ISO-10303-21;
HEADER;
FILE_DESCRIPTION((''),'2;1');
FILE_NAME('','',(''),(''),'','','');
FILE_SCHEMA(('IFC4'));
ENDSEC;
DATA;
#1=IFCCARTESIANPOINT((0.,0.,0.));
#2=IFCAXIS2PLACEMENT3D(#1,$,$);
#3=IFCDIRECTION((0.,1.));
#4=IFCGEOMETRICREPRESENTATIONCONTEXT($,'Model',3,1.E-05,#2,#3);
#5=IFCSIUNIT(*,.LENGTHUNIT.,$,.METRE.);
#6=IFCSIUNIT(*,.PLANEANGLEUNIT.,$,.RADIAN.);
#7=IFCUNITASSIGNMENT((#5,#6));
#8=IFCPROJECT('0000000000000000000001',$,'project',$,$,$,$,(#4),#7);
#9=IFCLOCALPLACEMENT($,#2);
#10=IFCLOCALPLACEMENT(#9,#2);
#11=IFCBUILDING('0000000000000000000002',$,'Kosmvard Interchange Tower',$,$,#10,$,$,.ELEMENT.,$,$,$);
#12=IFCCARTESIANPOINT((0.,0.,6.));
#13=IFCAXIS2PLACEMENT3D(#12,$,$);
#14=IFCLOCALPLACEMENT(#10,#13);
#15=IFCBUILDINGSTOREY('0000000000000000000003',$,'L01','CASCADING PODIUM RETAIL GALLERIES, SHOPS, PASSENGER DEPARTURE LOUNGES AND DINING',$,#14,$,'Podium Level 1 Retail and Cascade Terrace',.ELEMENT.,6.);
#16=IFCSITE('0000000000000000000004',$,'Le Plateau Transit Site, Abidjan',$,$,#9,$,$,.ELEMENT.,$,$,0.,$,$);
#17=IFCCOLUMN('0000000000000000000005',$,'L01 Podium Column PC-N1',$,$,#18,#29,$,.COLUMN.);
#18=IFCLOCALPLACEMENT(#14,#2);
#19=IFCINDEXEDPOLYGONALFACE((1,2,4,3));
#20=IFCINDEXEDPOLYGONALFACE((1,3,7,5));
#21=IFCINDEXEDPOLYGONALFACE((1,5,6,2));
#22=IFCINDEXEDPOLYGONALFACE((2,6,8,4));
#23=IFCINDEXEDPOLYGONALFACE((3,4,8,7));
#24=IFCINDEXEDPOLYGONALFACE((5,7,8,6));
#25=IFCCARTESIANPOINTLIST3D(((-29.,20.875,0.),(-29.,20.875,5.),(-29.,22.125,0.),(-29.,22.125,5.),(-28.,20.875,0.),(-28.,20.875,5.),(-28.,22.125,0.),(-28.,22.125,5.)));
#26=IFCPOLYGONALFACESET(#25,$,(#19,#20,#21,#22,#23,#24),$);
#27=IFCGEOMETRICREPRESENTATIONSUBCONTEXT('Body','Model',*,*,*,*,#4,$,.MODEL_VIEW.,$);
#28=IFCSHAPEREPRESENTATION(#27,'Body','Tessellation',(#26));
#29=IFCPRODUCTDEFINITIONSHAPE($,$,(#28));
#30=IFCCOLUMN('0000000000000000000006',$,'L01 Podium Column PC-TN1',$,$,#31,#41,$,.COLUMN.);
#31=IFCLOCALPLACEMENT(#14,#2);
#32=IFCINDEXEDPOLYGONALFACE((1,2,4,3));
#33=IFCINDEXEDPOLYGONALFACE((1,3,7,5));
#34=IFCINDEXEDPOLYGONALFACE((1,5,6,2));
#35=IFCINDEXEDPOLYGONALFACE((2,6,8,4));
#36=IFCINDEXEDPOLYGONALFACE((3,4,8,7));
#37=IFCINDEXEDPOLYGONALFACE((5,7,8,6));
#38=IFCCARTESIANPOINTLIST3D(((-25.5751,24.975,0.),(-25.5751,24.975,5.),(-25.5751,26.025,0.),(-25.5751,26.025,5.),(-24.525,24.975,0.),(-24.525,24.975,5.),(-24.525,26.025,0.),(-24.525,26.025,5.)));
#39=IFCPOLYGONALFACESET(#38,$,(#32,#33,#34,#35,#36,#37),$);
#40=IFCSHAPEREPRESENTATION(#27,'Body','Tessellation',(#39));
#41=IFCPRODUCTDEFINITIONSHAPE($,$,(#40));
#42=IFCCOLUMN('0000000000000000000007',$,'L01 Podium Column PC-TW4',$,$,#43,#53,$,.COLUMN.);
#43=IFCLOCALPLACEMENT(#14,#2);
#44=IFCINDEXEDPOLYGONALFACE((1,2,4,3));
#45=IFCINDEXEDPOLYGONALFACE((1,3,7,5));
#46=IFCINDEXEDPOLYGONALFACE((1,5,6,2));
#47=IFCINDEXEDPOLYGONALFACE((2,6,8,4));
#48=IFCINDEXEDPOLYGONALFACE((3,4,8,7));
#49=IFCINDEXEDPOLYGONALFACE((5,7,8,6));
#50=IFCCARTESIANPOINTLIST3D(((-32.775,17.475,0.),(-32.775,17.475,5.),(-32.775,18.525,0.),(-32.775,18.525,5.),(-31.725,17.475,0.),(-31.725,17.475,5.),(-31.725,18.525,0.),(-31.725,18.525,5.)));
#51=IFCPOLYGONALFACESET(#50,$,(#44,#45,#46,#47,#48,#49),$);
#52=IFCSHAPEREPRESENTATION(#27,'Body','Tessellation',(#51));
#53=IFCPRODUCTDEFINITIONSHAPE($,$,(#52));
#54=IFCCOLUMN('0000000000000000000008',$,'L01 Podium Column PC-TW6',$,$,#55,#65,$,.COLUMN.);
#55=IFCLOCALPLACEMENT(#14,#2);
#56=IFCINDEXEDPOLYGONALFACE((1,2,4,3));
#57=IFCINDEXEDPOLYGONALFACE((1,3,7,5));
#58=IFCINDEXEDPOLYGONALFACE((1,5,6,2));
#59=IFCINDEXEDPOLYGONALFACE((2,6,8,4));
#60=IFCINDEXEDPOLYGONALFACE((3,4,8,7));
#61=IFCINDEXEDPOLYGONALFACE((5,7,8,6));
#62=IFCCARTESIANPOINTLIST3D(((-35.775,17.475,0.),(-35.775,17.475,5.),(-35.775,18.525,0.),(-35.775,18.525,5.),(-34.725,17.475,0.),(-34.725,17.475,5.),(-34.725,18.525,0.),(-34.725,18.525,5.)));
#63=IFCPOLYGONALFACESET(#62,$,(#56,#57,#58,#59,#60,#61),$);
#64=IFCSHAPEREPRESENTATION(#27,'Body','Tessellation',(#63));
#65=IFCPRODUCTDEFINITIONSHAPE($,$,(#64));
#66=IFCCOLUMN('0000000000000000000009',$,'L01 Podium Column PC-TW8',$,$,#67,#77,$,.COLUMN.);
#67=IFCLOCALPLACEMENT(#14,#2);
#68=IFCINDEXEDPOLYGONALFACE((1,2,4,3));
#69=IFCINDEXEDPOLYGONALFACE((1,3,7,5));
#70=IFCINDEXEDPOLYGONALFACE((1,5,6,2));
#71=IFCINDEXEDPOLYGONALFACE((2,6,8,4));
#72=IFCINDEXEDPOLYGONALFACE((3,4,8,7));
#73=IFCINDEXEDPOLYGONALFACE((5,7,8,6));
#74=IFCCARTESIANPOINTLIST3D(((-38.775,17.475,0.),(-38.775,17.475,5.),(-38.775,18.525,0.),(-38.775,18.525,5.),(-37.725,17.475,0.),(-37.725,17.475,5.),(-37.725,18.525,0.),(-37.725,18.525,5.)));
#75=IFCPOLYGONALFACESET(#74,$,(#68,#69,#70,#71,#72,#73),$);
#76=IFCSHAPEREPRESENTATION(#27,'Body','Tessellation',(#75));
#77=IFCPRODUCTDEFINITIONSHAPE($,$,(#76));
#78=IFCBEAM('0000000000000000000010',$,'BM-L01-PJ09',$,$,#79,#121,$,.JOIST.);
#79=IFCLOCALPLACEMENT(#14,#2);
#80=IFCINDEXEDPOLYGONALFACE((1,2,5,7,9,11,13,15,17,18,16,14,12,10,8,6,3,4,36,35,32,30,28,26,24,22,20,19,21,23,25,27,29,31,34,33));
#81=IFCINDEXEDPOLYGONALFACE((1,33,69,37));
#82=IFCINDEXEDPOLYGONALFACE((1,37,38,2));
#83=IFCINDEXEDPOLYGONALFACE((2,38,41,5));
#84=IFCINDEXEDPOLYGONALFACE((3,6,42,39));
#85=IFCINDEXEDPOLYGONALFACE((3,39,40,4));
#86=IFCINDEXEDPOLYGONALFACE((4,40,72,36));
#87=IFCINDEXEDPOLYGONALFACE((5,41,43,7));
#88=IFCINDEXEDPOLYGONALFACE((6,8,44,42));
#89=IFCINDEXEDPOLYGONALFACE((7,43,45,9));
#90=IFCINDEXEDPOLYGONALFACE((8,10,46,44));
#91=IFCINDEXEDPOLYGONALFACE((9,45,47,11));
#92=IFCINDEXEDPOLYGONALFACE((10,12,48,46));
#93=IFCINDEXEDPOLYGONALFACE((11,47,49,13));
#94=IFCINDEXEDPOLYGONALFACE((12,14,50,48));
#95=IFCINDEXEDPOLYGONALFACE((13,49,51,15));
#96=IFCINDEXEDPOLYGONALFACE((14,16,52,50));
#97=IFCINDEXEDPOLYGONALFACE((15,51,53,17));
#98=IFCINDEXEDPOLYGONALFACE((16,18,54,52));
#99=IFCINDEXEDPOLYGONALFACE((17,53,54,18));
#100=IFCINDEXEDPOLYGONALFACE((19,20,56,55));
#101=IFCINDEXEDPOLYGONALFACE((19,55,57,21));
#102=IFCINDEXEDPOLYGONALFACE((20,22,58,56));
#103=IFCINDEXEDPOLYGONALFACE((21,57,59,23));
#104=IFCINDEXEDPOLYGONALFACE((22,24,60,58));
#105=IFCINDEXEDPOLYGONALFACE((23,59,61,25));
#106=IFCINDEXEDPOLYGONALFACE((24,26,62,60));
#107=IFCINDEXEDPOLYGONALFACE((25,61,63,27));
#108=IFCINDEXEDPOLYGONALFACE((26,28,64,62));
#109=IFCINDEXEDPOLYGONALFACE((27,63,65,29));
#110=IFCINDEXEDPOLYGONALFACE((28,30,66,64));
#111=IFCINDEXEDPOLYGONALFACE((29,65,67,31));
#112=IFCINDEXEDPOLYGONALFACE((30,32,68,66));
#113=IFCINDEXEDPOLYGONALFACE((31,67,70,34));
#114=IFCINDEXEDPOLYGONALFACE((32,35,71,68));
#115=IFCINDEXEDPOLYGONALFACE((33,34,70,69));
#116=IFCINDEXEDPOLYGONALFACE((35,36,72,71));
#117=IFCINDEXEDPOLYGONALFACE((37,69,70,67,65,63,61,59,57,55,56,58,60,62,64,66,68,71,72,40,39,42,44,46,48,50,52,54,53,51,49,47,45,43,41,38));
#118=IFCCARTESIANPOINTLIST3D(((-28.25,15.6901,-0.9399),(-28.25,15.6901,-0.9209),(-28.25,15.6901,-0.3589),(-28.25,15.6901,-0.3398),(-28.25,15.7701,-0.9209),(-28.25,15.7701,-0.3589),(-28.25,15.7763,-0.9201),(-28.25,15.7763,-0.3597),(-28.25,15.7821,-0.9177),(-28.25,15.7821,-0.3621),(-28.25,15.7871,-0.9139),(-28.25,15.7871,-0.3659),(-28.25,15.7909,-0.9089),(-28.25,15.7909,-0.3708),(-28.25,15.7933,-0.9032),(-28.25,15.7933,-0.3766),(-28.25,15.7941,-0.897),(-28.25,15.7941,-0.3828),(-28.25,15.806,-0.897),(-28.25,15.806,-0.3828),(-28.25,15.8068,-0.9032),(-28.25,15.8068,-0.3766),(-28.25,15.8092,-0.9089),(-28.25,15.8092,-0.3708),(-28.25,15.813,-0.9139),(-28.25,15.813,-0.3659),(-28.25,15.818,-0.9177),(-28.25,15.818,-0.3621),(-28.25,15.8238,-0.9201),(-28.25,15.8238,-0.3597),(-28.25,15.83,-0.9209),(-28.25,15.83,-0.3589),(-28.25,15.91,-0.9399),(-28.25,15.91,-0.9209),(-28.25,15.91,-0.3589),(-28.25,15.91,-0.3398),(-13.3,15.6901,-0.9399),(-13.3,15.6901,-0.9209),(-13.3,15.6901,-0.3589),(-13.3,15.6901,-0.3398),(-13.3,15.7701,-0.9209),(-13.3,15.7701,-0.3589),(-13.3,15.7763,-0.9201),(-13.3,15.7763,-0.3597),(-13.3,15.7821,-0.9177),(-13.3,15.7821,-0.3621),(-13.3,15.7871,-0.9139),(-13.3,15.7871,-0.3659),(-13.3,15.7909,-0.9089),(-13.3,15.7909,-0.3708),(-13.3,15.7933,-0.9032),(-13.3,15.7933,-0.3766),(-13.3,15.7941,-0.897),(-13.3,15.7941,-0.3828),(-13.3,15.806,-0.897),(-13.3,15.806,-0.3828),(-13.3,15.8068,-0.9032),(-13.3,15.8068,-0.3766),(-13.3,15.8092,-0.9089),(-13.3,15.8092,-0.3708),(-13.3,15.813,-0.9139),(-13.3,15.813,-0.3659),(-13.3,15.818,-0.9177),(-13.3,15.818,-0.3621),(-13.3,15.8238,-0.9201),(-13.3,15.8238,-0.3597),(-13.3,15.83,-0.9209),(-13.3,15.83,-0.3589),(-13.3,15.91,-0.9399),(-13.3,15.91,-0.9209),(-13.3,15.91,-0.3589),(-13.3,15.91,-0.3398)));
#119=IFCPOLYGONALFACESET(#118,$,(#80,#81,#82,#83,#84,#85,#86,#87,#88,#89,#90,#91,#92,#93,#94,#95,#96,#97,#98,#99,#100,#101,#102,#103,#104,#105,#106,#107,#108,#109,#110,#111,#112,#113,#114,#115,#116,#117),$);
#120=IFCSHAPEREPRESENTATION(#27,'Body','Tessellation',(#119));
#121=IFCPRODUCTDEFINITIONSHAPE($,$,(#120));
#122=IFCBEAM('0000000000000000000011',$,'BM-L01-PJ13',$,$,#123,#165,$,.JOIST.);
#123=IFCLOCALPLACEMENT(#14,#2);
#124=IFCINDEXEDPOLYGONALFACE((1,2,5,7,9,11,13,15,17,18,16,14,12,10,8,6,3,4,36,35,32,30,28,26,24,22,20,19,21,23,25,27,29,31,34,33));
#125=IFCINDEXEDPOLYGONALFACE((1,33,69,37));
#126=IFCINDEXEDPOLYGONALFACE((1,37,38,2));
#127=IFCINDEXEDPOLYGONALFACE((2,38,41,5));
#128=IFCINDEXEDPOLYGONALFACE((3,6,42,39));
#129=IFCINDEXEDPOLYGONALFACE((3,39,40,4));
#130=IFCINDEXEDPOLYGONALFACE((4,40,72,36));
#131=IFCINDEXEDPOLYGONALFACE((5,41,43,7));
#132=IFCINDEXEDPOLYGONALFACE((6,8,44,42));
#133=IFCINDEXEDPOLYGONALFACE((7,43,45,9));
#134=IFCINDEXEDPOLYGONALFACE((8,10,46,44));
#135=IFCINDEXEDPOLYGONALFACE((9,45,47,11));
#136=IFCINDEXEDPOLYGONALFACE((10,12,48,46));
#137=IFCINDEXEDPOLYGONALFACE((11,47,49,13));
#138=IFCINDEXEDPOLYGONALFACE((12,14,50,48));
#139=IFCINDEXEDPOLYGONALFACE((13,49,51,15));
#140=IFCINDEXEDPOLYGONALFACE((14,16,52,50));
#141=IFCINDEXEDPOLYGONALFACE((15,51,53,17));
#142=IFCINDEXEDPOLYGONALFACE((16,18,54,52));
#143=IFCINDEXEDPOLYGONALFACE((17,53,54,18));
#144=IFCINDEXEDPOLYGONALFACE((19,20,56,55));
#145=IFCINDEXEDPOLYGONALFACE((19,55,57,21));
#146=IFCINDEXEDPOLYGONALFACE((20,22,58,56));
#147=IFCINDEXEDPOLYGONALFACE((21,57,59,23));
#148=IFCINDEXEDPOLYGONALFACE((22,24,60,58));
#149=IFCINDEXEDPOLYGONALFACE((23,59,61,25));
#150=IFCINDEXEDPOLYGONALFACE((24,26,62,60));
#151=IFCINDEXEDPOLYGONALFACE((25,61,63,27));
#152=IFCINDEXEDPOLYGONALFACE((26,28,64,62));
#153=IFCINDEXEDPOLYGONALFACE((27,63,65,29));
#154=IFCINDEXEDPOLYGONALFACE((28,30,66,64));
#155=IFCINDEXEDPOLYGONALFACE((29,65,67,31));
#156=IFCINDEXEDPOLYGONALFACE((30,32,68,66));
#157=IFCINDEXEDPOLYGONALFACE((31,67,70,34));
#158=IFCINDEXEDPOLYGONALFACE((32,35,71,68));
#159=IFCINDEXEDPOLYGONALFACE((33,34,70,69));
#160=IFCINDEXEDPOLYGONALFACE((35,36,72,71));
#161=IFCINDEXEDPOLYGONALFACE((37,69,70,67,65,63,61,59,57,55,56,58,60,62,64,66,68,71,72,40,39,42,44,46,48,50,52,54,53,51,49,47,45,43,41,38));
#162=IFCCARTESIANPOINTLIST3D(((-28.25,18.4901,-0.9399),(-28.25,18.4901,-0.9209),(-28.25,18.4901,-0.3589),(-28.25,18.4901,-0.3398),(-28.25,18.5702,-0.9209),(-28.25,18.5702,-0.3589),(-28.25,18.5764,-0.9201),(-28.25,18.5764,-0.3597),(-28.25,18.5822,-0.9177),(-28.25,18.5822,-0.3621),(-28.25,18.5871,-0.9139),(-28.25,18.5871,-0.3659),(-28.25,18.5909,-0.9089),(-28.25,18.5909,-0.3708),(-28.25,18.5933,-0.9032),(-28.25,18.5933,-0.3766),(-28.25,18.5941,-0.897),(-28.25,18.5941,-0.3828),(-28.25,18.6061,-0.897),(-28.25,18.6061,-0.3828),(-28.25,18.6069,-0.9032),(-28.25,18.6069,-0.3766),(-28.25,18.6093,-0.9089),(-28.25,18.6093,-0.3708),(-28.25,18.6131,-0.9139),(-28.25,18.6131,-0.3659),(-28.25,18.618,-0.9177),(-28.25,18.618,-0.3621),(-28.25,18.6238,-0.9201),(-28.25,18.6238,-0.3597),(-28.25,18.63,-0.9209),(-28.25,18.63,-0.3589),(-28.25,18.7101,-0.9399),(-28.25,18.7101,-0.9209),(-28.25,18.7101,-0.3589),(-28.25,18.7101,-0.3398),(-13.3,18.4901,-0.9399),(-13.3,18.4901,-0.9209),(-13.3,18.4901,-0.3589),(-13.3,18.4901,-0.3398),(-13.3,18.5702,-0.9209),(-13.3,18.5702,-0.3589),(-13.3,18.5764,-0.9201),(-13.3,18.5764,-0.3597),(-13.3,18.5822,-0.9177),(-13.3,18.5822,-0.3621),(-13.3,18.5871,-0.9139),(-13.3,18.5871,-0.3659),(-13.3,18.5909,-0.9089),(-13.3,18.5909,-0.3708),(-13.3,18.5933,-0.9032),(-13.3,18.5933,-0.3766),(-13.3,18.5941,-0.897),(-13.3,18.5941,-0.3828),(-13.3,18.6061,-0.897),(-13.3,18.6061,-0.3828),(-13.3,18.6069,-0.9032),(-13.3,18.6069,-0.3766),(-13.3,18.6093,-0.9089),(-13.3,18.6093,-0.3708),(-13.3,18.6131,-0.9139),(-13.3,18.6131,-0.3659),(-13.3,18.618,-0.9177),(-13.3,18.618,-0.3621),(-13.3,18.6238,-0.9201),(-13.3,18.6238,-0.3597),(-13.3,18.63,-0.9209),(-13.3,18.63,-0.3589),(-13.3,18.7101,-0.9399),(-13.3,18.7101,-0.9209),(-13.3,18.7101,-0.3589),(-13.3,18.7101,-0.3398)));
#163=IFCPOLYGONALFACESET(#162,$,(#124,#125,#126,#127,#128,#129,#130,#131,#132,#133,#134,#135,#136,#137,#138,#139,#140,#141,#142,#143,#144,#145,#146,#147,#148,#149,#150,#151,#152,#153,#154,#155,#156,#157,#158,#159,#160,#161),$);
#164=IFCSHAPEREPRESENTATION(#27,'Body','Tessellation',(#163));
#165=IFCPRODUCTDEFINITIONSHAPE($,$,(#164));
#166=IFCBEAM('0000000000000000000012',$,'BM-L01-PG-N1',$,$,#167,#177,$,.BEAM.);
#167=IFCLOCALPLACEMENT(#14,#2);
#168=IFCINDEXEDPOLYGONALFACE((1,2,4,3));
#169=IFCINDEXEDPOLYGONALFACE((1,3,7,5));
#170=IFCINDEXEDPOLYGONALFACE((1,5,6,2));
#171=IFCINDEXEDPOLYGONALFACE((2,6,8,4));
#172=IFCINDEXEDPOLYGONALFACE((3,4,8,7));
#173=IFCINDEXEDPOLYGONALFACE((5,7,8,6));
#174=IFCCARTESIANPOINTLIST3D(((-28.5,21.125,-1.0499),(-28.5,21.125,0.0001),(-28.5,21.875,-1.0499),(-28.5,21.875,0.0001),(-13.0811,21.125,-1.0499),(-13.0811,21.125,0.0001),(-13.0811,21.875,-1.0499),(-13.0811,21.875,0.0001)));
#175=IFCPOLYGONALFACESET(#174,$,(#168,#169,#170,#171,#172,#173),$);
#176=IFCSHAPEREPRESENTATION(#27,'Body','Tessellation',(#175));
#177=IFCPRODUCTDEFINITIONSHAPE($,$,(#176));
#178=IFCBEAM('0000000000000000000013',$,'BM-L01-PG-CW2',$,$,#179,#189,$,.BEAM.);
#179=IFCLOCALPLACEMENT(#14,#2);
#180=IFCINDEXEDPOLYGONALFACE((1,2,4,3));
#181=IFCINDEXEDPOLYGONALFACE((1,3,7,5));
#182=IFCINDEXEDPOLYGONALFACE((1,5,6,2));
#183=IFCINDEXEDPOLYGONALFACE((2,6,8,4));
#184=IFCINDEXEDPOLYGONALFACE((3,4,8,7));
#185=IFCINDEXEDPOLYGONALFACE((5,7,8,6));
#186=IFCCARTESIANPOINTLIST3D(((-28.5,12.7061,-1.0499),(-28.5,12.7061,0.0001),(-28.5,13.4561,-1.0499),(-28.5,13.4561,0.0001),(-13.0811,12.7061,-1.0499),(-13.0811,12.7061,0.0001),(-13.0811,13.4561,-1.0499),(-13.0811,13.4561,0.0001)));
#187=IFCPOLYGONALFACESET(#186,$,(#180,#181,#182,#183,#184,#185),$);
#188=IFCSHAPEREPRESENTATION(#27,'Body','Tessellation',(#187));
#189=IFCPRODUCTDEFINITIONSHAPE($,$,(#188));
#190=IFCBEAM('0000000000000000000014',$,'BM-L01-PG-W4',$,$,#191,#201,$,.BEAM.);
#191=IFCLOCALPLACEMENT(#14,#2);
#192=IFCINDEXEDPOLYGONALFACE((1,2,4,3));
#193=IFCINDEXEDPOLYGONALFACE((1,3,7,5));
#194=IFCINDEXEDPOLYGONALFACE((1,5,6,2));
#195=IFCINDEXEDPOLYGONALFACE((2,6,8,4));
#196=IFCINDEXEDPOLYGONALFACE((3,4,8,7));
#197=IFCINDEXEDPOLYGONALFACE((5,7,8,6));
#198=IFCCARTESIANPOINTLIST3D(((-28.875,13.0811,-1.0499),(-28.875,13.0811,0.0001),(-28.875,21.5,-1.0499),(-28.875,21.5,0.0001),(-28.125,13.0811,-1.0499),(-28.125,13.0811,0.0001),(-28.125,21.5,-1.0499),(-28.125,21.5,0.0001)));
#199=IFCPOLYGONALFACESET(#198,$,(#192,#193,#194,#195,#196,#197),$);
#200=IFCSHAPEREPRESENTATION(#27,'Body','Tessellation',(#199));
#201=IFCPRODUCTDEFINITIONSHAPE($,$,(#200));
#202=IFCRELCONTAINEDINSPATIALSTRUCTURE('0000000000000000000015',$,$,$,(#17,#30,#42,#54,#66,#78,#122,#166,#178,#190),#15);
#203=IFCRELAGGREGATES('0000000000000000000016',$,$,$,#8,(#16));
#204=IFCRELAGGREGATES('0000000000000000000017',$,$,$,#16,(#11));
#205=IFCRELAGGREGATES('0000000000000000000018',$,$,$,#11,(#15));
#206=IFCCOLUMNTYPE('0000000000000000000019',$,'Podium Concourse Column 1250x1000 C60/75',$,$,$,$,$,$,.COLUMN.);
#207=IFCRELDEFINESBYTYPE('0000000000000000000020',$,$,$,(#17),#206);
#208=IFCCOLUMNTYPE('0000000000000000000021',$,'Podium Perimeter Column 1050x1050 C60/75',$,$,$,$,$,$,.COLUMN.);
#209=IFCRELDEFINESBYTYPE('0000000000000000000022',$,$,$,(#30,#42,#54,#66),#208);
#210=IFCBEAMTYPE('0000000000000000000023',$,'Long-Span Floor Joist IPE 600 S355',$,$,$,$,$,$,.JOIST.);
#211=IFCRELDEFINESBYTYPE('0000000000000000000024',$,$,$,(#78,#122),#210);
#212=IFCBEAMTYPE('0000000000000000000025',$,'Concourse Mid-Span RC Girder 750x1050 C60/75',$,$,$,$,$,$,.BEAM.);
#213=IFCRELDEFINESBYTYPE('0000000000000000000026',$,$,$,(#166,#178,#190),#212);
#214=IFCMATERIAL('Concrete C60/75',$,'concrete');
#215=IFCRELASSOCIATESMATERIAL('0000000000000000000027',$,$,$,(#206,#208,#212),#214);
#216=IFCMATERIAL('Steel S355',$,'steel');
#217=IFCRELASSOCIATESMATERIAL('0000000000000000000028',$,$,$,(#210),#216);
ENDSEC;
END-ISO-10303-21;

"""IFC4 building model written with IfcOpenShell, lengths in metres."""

from ifc_helpers import new_model, si_unit, direction, frame, origin, origin_2d, place, context, subcontext, project, spatial, rectangle, i_section, extrude, source, transform, mapped, material, material_profile, profile_set, type_object, element, save


model = new_model("IFC4")

# Units and contexts
model_context = context("Model", 3, precision=1e-05, world=origin(), true_north=direction((0.0, 1.0)))
body_context = subcontext(model_context, "Body", "Model", "MODEL_VIEW")
ifc_project = project(units=[si_unit("LENGTHUNIT", "METRE"), si_unit("PLANEANGLEUNIT", "RADIAN")], contexts=[model_context])

# Site, building, storey
site_placement = place(None, origin())
site = spatial("IfcSite", under=ifc_project, at=site_placement, Name="Le Plateau Transit Site, Abidjan", CompositionType="ELEMENT", RefElevation=0.0)
building_placement = place(site_placement, origin())
building = spatial("IfcBuilding", under=site, at=building_placement, Name="Kosmvard Interchange Tower", CompositionType="ELEMENT")
storey_placement = place(building_placement, frame((0.0, 0.0, 6.0)))
storey = spatial("IfcBuildingStorey", under=building, at=storey_placement, Name="L01", Description="CASCADING PODIUM RETAIL GALLERIES, SHOPS, PASSENGER DEPARTURE LOUNGES AND DINING", LongName="Podium Level 1 Retail and Cascade Terrace", CompositionType="ELEMENT", Elevation=6.0)

# Columns
ifc_material_1 = material(Name="Concrete C60/75", Category="concrete")
ifc_material_profile_1 = material_profile(ifc_material_1, rectangle(XDim=1.0, YDim=1.25, at=origin_2d()), Name="PC 1250x1000")
ifc_profile_set_1 = profile_set([ifc_material_profile_1], Name="Concrete C60/75")
column_type_1 = type_object("IfcColumnType", Name="Podium Concourse Column 1250x1000 C60/75", PredefinedType="COLUMN", material=ifc_profile_set_1)
shared_shape_1 = source(origin(), body_context, "Body", "SweptSolid", [
    extrude(rectangle(XDim=1.0, YDim=1.25, at=origin_2d()), origin(), (0.0, 0.0, 1.0), 5.0),
])
column_placement = place(storey_placement, frame((-28.5, 21.5, 0.0), z_axis=(0.0, 0.0, 1.0), x_axis=(1.0, 0.0, 0.0)))
element("IfcColumn", 1, at=column_placement, inside=storey, type_object=column_type_1, Name="L01 Podium Column PC-N1", PredefinedType="COLUMN", context=body_context, shape_type="MappedRepresentation", body=[
    mapped(shared_shape_1, transform((0.0, 0.0, 0.0), scale=1.0)),
])
ifc_material_profile_2 = material_profile(ifc_material_1, rectangle(XDim=1.05, YDim=1.05, at=origin_2d()), Name="PC 1050x1050")
ifc_profile_set_2 = profile_set([ifc_material_profile_2], Name="Concrete C60/75")
column_type_2 = type_object("IfcColumnType", Name="Podium Perimeter Column 1050x1050 C60/75", PredefinedType="COLUMN", material=ifc_profile_set_2)
shared_shape_2 = source(origin(), body_context, "Body", "SweptSolid", [
    extrude(rectangle(XDim=1.05, YDim=1.05, at=origin_2d()), origin(), (0.0, 0.0, 1.0), 5.0),
])
for number, where, z_axis, x_axis, name in (
    (2, (-25.05, 25.5, 0.0), (0.0, 0.0, 1.0), (1.0, 0.0, 0.0), "L01 Podium Column PC-TN1"),
    (3, (-32.25, 18.0, 0.0), (0.0, 0.0, 1.0), (1.0, 0.0, 0.0), "L01 Podium Column PC-TW4"),
    (4, (-35.25, 18.0, 0.0), (0.0, 0.0, 1.0), (1.0, 0.0, 0.0), "L01 Podium Column PC-TW6"),
    (5, (-38.25, 18.0, 0.0), (0.0, 0.0, 1.0), (1.0, 0.0, 0.0), "L01 Podium Column PC-TW8"),
):
    element("IfcColumn", number, at=place(storey_placement, frame(where, z_axis=z_axis, x_axis=x_axis)), inside=storey, type_object=column_type_2, Name=name, PredefinedType="COLUMN", context=body_context, shape_type="MappedRepresentation", body=[
        mapped(shared_shape_2, transform((0.0, 0.0, 0.0), scale=1.0)),
    ])

# Beams
ifc_material_2 = material(Name="Steel S355", Category="steel")
ifc_material_profile_3 = material_profile(ifc_material_2, i_section(OverallWidth=0.22, OverallDepth=0.6001, WebThickness=0.012, FlangeThickness=0.019, FilletRadius=0.0239, at=origin_2d()), Name="IPE 600")
ifc_profile_set_3 = profile_set([ifc_material_profile_3], Name="Steel S355")
beam_type_1 = type_object("IfcBeamType", Name="Long-Span Floor Joist IPE 600 S355", PredefinedType="JOIST", material=ifc_profile_set_3)
shared_shape_3 = source(origin(), body_context, "Body", "SweptSolid", [
    extrude(i_section(OverallWidth=0.22, OverallDepth=0.6001, WebThickness=0.012, FlangeThickness=0.019, FilletRadius=0.0239, at=origin_2d()), origin(), (0.0, 0.0, 1.0), 14.95),
])
for number, where, z_axis, x_axis, name in (
    (6, (-28.25, 15.8, -0.6399), (1.0, 0.0, 0.0), (0.0, 1.0, 0.0), "BM-L01-PJ09"),
    (7, (-28.25, 18.6001, -0.6399), (1.0, 0.0, 0.0), (0.0, 1.0, 0.0), "BM-L01-PJ13"),
):
    element("IfcBeam", number, at=place(storey_placement, frame(where, z_axis=z_axis, x_axis=x_axis)), inside=storey, type_object=beam_type_1, Name=name, PredefinedType="JOIST", context=body_context, shape_type="MappedRepresentation", body=[
        mapped(shared_shape_3, transform((0.0, 0.0, 0.0), scale=1.0)),
    ])
ifc_material_profile_4 = material_profile(ifc_material_1, rectangle(XDim=0.75, YDim=1.05, at=origin_2d()), Name="RCG 750x1050")
ifc_profile_set_4 = profile_set([ifc_material_profile_4], Name="Concrete C60/75")
beam_type_2 = type_object("IfcBeamType", Name="Concourse Mid-Span RC Girder 750x1050 C60/75", PredefinedType="BEAM", material=ifc_profile_set_4)
shared_shape_4 = source(origin(), body_context, "Body", "SweptSolid", [
    extrude(rectangle(XDim=0.75, YDim=1.05, at=origin_2d()), origin(), (0.0, 0.0, 1.0), 15.4189),
])
for number, where, z_axis, x_axis, name in (
    (8, (-28.5, 21.5, -0.5249), (1.0, 0.0, 0.0), (0.0, 1.0, 0.0), "BM-L01-PG-N1"),
    (9, (-28.5, 13.0811, -0.5249), (1.0, 0.0, 0.0), (0.0, 1.0, 0.0), "BM-L01-PG-CW2"),
):
    element("IfcBeam", number, at=place(storey_placement, frame(where, z_axis=z_axis, x_axis=x_axis)), inside=storey, type_object=beam_type_2, Name=name, PredefinedType="BEAM", context=body_context, shape_type="MappedRepresentation", body=[
        mapped(shared_shape_4, transform((0.0, 0.0, 0.0), scale=1.0)),
    ])
shared_shape_5 = source(origin(), body_context, "Body", "SweptSolid", [
    extrude(rectangle(XDim=0.75, YDim=1.05, at=origin_2d()), origin(), (0.0, 0.0, 1.0), 8.4189),
])
beam_1_placement = place(storey_placement, frame((-28.5, 13.0811, -0.5249), z_axis=(0.0, 1.0, 0.0), x_axis=(-1.0, 0.0, 0.0)))
element("IfcBeam", 10, at=beam_1_placement, inside=storey, type_object=beam_type_2, Name="BM-L01-PG-W4", PredefinedType="BEAM", context=body_context, shape_type="MappedRepresentation", body=[
    mapped(shared_shape_5, transform((0.0, 0.0, 0.0), scale=1.0)),
])

save(model, "model.ifc")
